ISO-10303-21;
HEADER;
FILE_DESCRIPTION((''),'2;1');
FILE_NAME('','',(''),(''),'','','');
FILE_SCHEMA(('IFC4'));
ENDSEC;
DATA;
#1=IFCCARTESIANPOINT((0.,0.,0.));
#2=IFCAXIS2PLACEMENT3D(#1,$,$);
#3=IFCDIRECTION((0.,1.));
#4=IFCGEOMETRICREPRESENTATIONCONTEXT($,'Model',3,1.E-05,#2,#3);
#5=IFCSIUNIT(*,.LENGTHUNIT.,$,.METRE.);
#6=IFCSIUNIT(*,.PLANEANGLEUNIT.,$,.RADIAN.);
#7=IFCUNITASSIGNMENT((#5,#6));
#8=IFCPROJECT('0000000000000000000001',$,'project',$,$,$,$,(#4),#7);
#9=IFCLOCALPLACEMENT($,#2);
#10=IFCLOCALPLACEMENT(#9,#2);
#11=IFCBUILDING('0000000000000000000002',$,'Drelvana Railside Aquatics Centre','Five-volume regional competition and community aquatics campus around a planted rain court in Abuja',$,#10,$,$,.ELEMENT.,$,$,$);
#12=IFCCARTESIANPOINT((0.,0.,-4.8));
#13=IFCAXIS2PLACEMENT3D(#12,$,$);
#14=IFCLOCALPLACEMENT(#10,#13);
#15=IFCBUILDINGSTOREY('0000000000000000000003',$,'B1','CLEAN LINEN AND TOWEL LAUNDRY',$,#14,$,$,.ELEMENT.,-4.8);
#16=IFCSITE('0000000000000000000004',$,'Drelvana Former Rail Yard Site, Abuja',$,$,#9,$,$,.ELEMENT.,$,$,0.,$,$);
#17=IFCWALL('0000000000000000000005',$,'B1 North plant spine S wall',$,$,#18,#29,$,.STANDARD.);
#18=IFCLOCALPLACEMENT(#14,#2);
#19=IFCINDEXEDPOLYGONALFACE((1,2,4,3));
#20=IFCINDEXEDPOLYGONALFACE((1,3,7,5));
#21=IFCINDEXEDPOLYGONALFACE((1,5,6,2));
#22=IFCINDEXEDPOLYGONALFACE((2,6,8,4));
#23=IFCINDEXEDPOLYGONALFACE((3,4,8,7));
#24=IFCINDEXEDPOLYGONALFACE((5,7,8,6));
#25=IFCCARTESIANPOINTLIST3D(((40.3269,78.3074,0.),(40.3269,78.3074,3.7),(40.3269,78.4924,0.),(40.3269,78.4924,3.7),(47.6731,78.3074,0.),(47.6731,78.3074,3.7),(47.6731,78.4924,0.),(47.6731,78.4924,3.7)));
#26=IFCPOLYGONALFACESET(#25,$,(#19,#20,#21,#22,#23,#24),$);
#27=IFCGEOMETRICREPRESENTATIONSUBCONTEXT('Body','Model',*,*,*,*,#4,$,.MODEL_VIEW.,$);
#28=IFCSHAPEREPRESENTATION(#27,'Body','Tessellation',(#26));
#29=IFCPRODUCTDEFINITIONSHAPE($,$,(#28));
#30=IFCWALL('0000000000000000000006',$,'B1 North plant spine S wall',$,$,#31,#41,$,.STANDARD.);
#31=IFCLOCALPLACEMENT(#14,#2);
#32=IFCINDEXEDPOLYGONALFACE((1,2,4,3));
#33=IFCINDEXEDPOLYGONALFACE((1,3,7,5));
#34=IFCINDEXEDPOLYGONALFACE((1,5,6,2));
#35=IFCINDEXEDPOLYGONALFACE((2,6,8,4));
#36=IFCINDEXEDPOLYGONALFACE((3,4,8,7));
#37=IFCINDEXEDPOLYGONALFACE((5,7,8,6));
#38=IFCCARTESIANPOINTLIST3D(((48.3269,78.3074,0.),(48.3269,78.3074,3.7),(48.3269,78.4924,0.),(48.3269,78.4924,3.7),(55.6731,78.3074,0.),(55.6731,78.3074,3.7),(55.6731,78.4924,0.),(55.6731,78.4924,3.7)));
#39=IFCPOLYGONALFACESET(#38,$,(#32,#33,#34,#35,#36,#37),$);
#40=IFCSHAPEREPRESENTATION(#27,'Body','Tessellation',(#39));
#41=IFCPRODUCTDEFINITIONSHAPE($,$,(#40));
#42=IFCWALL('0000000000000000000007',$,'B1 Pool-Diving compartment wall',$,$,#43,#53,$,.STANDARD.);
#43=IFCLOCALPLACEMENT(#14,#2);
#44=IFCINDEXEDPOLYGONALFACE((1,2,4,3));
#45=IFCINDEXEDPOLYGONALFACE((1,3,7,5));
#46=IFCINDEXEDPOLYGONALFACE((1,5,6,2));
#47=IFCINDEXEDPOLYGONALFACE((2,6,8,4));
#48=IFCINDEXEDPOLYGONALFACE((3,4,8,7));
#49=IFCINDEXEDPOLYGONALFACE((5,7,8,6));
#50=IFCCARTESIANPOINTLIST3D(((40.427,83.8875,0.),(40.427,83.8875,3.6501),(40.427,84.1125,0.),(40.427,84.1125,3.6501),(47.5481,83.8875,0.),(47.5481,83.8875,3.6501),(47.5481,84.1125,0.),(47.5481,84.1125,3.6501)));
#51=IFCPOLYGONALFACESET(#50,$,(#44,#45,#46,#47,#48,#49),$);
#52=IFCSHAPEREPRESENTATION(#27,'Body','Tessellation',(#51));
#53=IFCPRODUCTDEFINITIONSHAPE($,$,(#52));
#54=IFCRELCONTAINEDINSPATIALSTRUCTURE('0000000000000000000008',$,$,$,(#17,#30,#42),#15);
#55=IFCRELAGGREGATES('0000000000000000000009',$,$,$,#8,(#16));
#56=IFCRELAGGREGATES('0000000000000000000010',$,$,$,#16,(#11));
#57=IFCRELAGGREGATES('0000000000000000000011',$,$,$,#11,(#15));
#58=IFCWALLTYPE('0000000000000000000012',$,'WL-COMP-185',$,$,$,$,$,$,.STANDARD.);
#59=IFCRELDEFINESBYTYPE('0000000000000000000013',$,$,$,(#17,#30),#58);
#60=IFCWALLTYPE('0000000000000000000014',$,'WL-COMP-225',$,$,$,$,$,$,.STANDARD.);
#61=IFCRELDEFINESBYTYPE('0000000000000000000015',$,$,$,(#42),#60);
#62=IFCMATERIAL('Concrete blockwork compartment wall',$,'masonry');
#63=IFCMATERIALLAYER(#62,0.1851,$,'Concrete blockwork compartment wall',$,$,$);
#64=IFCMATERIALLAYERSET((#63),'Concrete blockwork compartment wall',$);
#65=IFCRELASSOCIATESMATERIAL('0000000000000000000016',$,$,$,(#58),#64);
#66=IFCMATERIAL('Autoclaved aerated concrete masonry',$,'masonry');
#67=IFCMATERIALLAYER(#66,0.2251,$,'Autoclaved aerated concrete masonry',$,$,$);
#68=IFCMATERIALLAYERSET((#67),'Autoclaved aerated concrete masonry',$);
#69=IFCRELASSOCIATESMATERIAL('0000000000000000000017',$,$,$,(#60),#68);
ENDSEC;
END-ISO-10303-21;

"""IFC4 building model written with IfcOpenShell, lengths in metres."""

from ifc_helpers import new_model, si_unit, direction, frame, frame_2d, origin, place, context, subcontext, project, spatial, rectangle, extrude, material, layer, layer_set, type_object, element, save


model = new_model("IFC4")

# Units and contexts
model_context = context("Model", 3, precision=1e-05, world=origin(), true_north=direction((0.0, 1.0)))
body_context = subcontext(model_context, "Body", "Model", "MODEL_VIEW")
ifc_project = project(units=[si_unit("LENGTHUNIT", "METRE"), si_unit("PLANEANGLEUNIT", "RADIAN")], contexts=[model_context])

# Site, building, storey
site_placement = place(None, origin())
site = spatial("IfcSite", under=ifc_project, at=site_placement, Name="Drelvana Former Rail Yard Site, Abuja", CompositionType="ELEMENT", RefElevation=0.0)
building_placement = place(site_placement, origin())
building = spatial("IfcBuilding", under=site, at=building_placement, Name="Drelvana Railside Aquatics Centre", Description="Five-volume regional competition and community aquatics campus around a planted rain court in Abuja", CompositionType="ELEMENT")
storey_placement = place(building_placement, frame((0.0, 0.0, -4.8)))
storey = spatial("IfcBuildingStorey", under=building, at=storey_placement, Name="B1", Description="CLEAN LINEN AND TOWEL LAUNDRY", CompositionType="ELEMENT", Elevation=-4.8)

# Walls
ifc_material_1 = material(Name="Concrete blockwork compartment wall", Category="masonry")
ifc_layer_1 = layer(ifc_material_1, 0.1851, Name="Concrete blockwork compartment wall")
ifc_layer_set_1 = layer_set([ifc_layer_1], Name="Concrete blockwork compartment wall")
wall_type_1 = type_object("IfcWallType", Name="WL-COMP-185", PredefinedType="STANDARD", material=ifc_layer_set_1)
for number, where, z_axis, x_axis, name in (
    (1, (40.3269, 78.3999, 0.0), (0.0, 0.0, 1.0), (1.0, 0.0, 0.0), "B1 North plant spine S wall"),
    (2, (48.3269, 78.3999, 0.0), (0.0, 0.0, 1.0), (1.0, 0.0, 0.0), "B1 North plant spine S wall"),
):
    element("IfcWall", number, at=place(storey_placement, frame(where, z_axis=z_axis, x_axis=x_axis)), inside=storey, type_object=wall_type_1, Name=name, PredefinedType="STANDARD", context=body_context, shape_type="SweptSolid", body=[
        extrude(rectangle(XDim=7.3462, YDim=0.1851, at=frame_2d((3.6731, 0.0))), origin(), (0.0, 0.0, 1.0), 3.7),
    ])
ifc_material_2 = material(Name="Autoclaved aerated concrete masonry", Category="masonry")
ifc_layer_2 = layer(ifc_material_2, 0.2251, Name="Autoclaved aerated concrete masonry")
ifc_layer_set_2 = layer_set([ifc_layer_2], Name="Autoclaved aerated concrete masonry")
wall_type_2 = type_object("IfcWallType", Name="WL-COMP-225", PredefinedType="STANDARD", material=ifc_layer_set_2)
wall_placement = place(storey_placement, frame((40.427, 84.0, 0.0), z_axis=(0.0, 0.0, 1.0), x_axis=(1.0, 0.0, 0.0)))
element("IfcWall", 3, at=wall_placement, inside=storey, type_object=wall_type_2, Name="B1 Pool-Diving compartment wall", PredefinedType="STANDARD", context=body_context, shape_type="SweptSolid", body=[
    extrude(rectangle(XDim=7.1211, YDim=0.2251, at=frame_2d((3.5605, 0.0))), origin(), (0.0, 0.0, 1.0), 3.6501),
])

save(model, "model.ifc")
